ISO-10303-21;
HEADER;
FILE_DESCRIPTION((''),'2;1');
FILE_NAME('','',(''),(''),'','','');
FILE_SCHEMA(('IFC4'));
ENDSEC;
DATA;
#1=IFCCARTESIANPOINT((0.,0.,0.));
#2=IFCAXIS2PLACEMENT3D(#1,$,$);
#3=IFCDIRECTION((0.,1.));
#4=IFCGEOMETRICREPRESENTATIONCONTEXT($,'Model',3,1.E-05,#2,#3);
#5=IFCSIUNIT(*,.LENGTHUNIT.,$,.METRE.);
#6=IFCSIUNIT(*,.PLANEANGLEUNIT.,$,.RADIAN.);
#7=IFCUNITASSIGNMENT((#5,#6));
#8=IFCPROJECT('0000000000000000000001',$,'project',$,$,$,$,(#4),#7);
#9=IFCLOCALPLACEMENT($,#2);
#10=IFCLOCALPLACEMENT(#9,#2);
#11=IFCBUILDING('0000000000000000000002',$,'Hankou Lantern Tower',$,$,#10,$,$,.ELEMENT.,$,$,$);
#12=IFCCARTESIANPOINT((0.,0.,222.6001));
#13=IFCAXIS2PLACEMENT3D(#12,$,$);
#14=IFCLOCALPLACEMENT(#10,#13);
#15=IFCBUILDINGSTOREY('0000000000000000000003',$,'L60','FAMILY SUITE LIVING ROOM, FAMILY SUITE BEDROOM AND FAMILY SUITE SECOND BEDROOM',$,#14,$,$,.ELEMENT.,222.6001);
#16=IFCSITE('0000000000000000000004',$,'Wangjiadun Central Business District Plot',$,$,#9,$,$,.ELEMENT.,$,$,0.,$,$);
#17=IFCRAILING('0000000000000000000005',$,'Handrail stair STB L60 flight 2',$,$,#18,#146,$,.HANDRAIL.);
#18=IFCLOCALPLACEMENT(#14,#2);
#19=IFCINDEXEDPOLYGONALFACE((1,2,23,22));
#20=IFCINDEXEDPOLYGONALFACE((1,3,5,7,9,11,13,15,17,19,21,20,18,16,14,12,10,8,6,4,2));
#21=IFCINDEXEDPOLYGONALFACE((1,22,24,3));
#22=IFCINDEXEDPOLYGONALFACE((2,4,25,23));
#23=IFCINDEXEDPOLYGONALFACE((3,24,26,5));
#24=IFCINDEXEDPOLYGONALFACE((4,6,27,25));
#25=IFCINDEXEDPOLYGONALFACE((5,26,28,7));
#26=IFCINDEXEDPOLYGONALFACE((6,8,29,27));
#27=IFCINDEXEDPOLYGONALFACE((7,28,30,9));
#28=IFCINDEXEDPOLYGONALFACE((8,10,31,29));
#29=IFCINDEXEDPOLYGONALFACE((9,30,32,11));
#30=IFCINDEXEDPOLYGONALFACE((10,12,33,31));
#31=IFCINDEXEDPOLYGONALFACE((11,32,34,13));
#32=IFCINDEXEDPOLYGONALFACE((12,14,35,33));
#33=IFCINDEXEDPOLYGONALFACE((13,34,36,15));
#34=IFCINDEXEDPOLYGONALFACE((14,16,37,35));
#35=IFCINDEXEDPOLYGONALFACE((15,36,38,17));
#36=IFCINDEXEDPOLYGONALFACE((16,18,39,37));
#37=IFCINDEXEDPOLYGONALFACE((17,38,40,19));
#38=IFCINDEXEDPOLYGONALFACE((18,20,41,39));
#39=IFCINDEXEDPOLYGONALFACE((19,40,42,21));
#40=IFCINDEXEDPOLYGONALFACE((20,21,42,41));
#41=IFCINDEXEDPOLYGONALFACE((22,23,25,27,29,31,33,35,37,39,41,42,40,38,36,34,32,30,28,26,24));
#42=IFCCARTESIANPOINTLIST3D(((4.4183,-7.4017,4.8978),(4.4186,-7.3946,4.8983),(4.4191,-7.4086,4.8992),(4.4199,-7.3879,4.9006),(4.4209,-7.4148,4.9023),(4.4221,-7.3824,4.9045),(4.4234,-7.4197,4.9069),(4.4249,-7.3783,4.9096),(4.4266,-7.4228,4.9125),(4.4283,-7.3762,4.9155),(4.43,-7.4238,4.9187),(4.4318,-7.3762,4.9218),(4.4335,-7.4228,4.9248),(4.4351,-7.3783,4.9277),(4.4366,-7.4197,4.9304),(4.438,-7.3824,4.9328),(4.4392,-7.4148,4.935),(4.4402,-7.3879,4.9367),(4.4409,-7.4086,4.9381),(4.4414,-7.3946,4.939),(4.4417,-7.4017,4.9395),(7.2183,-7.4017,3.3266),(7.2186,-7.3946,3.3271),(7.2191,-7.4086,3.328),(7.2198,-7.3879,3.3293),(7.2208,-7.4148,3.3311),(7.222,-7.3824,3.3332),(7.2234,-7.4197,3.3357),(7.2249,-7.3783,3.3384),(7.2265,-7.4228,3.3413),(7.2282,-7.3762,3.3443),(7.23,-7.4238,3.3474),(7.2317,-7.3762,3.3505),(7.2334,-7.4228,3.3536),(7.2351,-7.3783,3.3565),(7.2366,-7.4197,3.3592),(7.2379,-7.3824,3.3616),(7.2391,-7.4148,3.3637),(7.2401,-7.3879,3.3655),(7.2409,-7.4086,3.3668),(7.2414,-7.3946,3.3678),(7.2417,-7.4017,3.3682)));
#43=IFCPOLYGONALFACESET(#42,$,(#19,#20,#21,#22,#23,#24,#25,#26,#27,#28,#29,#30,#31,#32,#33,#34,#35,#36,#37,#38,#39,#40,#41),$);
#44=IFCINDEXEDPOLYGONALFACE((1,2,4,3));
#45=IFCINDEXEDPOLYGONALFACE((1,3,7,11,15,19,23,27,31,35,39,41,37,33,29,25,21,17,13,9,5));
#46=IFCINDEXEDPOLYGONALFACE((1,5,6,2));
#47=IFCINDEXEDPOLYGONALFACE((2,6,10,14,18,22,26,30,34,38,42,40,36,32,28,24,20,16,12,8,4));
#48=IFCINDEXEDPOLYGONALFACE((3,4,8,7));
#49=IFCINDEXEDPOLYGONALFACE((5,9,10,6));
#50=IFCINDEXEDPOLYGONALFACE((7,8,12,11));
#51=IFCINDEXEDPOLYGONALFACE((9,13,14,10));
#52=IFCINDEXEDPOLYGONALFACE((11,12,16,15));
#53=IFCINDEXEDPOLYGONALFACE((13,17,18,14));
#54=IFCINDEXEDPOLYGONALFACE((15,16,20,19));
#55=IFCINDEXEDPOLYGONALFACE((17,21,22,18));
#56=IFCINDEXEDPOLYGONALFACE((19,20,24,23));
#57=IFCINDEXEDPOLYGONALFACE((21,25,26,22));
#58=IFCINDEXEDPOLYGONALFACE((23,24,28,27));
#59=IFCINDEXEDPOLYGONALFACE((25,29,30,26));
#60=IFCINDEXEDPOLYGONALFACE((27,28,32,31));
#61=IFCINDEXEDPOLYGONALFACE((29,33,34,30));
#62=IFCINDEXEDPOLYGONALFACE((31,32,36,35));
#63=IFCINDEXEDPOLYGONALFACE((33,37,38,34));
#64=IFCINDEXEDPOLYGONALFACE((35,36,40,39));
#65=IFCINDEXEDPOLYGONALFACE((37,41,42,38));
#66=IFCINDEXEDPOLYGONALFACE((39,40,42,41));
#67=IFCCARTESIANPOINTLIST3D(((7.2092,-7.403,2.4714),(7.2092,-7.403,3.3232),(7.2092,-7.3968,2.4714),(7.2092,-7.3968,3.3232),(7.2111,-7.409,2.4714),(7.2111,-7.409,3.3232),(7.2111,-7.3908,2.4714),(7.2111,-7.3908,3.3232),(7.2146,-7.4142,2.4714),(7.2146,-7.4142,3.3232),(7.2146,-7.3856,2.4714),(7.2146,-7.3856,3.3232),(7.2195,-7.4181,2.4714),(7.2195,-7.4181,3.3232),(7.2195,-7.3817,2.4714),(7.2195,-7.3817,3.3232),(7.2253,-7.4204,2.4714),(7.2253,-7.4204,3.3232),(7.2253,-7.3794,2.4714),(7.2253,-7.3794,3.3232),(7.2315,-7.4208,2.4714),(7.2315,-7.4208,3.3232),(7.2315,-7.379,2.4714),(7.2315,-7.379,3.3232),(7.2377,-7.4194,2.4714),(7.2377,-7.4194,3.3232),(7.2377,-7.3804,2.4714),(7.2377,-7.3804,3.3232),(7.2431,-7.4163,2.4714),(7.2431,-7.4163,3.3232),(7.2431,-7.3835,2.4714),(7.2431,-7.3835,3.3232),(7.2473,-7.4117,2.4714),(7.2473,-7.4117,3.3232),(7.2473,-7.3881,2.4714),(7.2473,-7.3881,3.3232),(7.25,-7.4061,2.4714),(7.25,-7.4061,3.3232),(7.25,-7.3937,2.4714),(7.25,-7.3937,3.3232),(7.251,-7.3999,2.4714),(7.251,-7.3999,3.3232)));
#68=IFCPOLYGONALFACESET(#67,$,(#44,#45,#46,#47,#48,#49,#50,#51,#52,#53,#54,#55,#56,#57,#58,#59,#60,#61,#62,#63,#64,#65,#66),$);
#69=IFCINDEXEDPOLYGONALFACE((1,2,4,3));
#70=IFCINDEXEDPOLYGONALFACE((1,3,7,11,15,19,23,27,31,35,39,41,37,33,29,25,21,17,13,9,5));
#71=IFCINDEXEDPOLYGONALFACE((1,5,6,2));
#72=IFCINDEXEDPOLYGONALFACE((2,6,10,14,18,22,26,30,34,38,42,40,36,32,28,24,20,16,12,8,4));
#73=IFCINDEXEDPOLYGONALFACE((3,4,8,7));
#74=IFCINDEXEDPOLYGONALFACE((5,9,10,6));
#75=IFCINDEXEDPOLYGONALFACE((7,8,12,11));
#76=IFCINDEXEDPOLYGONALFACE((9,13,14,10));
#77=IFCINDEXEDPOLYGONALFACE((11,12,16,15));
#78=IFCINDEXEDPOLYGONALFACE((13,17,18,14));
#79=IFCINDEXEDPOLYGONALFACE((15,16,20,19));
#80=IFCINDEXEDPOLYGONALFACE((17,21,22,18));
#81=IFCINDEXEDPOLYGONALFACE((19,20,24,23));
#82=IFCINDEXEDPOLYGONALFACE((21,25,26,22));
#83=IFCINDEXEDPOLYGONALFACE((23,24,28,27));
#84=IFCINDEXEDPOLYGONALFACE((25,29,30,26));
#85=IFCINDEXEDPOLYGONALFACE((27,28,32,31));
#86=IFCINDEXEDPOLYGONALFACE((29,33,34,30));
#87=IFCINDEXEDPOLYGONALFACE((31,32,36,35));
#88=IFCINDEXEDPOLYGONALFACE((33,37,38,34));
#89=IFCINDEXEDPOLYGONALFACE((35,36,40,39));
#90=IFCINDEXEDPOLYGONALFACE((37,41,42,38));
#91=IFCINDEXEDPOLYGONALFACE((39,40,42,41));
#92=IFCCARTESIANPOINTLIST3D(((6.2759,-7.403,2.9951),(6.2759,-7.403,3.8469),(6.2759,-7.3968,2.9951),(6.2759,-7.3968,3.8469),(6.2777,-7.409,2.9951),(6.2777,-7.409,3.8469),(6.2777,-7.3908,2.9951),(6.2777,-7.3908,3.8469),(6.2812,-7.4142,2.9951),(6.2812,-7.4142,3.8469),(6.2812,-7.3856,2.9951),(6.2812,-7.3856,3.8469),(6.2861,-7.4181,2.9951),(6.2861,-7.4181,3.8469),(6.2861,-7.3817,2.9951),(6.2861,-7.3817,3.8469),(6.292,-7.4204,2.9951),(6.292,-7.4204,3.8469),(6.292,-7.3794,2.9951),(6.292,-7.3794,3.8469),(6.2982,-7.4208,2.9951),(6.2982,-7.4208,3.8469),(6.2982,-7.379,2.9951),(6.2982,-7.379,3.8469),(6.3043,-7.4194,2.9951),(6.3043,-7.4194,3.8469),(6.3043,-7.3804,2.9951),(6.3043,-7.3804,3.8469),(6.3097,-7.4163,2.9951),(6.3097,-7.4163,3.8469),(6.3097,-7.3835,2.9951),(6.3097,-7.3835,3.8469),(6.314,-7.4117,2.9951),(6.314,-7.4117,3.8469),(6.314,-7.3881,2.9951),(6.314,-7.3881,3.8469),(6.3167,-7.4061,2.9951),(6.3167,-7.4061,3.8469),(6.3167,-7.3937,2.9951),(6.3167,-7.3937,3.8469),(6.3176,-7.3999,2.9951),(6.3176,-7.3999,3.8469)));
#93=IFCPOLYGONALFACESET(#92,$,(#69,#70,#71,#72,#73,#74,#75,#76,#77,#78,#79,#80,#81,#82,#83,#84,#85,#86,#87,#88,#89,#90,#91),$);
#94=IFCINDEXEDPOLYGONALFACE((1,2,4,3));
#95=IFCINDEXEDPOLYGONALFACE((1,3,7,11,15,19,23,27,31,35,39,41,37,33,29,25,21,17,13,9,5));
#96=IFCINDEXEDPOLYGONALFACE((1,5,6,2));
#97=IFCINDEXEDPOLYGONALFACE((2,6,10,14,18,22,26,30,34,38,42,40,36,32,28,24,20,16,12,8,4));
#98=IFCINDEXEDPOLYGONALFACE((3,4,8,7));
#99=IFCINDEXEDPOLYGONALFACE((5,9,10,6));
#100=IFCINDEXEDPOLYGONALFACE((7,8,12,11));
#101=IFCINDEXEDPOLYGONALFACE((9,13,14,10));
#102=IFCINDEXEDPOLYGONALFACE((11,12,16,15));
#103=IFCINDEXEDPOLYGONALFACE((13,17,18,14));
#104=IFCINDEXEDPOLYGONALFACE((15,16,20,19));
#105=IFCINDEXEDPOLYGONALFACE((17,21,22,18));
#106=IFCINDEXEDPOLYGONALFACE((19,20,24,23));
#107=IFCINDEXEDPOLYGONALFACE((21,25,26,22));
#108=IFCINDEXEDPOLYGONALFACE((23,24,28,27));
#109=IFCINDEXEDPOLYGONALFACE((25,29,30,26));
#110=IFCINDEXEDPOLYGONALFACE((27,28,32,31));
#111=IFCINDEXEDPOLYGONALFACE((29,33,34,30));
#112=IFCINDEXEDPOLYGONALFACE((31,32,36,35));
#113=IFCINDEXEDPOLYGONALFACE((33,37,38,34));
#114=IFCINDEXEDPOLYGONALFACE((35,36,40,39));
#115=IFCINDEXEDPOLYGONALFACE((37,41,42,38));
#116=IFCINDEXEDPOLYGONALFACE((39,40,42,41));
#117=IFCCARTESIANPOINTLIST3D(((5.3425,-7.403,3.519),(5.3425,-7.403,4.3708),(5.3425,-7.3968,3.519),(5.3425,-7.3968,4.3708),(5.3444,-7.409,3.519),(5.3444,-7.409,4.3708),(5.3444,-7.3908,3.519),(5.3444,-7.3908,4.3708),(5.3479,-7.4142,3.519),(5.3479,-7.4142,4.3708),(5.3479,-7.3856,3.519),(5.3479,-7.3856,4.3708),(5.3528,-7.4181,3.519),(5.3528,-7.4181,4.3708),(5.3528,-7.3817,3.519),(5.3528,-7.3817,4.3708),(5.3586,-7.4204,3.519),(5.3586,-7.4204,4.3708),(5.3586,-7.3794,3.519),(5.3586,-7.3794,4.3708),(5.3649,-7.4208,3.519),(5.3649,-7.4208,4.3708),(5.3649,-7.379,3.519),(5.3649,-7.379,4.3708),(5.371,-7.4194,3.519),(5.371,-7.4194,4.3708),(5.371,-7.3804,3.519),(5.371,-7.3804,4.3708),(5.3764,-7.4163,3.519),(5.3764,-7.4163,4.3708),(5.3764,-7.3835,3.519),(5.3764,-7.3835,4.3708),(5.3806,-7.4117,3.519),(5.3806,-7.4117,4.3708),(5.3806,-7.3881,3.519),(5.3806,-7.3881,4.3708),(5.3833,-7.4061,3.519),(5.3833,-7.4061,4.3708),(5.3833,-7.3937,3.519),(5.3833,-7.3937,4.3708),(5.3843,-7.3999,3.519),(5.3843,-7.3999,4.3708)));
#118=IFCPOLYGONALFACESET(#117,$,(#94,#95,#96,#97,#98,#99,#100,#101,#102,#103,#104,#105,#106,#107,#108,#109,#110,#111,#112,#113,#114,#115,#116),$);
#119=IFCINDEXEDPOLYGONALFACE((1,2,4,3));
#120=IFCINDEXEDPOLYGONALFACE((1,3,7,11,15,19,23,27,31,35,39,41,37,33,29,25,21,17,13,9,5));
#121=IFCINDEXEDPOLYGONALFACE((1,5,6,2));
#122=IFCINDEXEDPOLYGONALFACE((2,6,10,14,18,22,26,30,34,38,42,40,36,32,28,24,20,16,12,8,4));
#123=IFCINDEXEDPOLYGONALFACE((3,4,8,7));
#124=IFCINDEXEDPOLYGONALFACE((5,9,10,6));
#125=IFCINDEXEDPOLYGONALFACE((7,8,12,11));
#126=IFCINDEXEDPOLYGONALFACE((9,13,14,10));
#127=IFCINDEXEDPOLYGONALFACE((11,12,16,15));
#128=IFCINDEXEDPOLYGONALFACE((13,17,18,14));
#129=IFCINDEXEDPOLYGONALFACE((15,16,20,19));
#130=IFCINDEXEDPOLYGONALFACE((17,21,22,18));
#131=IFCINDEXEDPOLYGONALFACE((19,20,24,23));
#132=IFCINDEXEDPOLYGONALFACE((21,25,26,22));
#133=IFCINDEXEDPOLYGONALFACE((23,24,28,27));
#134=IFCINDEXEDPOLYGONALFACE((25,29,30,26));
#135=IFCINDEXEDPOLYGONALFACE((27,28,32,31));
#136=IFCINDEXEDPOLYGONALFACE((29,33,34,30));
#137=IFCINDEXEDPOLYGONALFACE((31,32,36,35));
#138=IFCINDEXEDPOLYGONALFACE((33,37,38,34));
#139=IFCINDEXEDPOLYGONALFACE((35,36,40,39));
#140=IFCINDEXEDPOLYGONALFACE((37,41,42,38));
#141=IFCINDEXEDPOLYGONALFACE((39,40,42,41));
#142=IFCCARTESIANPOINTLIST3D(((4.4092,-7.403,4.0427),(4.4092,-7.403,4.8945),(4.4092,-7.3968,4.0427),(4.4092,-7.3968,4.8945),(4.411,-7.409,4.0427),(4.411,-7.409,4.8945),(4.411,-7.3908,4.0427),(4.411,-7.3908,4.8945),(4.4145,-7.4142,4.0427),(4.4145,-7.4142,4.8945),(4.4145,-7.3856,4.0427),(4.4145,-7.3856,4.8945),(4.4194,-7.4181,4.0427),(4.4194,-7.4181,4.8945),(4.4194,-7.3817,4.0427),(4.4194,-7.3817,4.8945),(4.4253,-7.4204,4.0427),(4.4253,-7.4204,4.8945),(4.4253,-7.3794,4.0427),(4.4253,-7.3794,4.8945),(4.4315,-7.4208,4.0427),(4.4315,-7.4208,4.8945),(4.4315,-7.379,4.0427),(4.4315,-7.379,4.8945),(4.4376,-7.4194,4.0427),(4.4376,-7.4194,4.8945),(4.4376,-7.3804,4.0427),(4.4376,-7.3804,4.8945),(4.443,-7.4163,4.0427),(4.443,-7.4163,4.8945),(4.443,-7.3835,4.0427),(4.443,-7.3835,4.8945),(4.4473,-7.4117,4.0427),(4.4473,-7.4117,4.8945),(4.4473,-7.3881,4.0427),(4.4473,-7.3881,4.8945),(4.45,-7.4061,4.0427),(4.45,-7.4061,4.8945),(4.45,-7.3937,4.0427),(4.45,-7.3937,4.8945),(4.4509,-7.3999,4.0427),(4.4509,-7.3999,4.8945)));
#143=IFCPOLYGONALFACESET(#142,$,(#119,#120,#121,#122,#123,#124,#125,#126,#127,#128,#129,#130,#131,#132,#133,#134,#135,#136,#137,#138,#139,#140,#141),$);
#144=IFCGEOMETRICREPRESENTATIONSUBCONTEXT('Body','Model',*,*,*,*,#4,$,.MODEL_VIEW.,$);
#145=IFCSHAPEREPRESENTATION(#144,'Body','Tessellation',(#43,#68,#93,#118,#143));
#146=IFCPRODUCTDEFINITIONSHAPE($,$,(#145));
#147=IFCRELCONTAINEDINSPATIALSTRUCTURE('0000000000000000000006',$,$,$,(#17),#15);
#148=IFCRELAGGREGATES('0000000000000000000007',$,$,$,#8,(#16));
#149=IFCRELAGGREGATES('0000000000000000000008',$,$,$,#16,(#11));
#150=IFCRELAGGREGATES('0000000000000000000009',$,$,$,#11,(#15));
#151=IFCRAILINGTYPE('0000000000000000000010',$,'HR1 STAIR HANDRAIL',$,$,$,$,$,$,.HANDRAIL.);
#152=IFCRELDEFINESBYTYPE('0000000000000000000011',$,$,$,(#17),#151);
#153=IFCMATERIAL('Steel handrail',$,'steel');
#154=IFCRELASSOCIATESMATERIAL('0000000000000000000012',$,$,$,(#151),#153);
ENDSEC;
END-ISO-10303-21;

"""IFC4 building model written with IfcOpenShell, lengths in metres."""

from ifc_helpers import new_model, si_unit, direction, frame, origin, origin_2d, place, context, subcontext, project, spatial, circle, extrude, material, type_object, element, save


model = new_model("IFC4")

# Units and contexts
model_context = context("Model", 3, precision=1e-05, world=origin(), true_north=direction((0.0, 1.0)))
body_context = subcontext(model_context, "Body", "Model", "MODEL_VIEW")
ifc_project = project(units=[si_unit("LENGTHUNIT", "METRE"), si_unit("PLANEANGLEUNIT", "RADIAN")], contexts=[model_context])

# Site, building, storey
site_placement = place(None, origin())
site = spatial("IfcSite", under=ifc_project, at=site_placement, Name="Wangjiadun Central Business District Plot", CompositionType="ELEMENT", RefElevation=0.0)
building_placement = place(site_placement, origin())
building = spatial("IfcBuilding", under=site, at=building_placement, Name="Hankou Lantern Tower", CompositionType="ELEMENT")
storey_placement = place(building_placement, frame((0.0, 0.0, 222.6001)))
storey = spatial("IfcBuildingStorey", under=building, at=storey_placement, Name="L60", Description="FAMILY SUITE LIVING ROOM, FAMILY SUITE BEDROOM AND FAMILY SUITE SECOND BEDROOM", CompositionType="ELEMENT", Elevation=222.6001)

# Railing
ifc_material_1 = material(Name="Steel handrail", Category="steel")
railing_type = type_object("IfcRailingType", Name="HR1 STAIR HANDRAIL", PredefinedType="HANDRAIL", material=ifc_material_1)
railing_1_placement = place(storey_placement, frame((7.23, -7.3999, 2.4714)))
element("IfcRailing", 1, at=railing_1_placement, inside=storey, type_object=railing_type, Name="Handrail stair STB L60 flight 2", PredefinedType="HANDRAIL", context=body_context, shape_type="SweptSolid", body=[
    extrude(circle(Radius=0.0239, at=origin_2d()), frame((0.0, 0.0, 0.876), z_axis=(-0.872073, 0.0, 0.489377), x_axis=(0.0, -1.0, 0.0)), (0.0, 0.0, 1.0), 3.2107),
    extrude(circle(Radius=0.021, at=origin_2d()), origin(), (0.0, 0.0, 1.0), 0.8518),
    extrude(circle(Radius=0.021, at=origin_2d()), frame((-0.9333, 0.0, 0.5237)), (0.0, 0.0, 1.0), 0.8518),
    extrude(circle(Radius=0.021, at=origin_2d()), frame((-1.8667, 0.0, 1.0476)), (0.0, 0.0, 1.0), 0.8518),
    extrude(circle(Radius=0.021, at=origin_2d()), frame((-2.8, 0.0, 1.5713)), (0.0, 0.0, 1.0), 0.8518),
])

save(model, "model.ifc")
